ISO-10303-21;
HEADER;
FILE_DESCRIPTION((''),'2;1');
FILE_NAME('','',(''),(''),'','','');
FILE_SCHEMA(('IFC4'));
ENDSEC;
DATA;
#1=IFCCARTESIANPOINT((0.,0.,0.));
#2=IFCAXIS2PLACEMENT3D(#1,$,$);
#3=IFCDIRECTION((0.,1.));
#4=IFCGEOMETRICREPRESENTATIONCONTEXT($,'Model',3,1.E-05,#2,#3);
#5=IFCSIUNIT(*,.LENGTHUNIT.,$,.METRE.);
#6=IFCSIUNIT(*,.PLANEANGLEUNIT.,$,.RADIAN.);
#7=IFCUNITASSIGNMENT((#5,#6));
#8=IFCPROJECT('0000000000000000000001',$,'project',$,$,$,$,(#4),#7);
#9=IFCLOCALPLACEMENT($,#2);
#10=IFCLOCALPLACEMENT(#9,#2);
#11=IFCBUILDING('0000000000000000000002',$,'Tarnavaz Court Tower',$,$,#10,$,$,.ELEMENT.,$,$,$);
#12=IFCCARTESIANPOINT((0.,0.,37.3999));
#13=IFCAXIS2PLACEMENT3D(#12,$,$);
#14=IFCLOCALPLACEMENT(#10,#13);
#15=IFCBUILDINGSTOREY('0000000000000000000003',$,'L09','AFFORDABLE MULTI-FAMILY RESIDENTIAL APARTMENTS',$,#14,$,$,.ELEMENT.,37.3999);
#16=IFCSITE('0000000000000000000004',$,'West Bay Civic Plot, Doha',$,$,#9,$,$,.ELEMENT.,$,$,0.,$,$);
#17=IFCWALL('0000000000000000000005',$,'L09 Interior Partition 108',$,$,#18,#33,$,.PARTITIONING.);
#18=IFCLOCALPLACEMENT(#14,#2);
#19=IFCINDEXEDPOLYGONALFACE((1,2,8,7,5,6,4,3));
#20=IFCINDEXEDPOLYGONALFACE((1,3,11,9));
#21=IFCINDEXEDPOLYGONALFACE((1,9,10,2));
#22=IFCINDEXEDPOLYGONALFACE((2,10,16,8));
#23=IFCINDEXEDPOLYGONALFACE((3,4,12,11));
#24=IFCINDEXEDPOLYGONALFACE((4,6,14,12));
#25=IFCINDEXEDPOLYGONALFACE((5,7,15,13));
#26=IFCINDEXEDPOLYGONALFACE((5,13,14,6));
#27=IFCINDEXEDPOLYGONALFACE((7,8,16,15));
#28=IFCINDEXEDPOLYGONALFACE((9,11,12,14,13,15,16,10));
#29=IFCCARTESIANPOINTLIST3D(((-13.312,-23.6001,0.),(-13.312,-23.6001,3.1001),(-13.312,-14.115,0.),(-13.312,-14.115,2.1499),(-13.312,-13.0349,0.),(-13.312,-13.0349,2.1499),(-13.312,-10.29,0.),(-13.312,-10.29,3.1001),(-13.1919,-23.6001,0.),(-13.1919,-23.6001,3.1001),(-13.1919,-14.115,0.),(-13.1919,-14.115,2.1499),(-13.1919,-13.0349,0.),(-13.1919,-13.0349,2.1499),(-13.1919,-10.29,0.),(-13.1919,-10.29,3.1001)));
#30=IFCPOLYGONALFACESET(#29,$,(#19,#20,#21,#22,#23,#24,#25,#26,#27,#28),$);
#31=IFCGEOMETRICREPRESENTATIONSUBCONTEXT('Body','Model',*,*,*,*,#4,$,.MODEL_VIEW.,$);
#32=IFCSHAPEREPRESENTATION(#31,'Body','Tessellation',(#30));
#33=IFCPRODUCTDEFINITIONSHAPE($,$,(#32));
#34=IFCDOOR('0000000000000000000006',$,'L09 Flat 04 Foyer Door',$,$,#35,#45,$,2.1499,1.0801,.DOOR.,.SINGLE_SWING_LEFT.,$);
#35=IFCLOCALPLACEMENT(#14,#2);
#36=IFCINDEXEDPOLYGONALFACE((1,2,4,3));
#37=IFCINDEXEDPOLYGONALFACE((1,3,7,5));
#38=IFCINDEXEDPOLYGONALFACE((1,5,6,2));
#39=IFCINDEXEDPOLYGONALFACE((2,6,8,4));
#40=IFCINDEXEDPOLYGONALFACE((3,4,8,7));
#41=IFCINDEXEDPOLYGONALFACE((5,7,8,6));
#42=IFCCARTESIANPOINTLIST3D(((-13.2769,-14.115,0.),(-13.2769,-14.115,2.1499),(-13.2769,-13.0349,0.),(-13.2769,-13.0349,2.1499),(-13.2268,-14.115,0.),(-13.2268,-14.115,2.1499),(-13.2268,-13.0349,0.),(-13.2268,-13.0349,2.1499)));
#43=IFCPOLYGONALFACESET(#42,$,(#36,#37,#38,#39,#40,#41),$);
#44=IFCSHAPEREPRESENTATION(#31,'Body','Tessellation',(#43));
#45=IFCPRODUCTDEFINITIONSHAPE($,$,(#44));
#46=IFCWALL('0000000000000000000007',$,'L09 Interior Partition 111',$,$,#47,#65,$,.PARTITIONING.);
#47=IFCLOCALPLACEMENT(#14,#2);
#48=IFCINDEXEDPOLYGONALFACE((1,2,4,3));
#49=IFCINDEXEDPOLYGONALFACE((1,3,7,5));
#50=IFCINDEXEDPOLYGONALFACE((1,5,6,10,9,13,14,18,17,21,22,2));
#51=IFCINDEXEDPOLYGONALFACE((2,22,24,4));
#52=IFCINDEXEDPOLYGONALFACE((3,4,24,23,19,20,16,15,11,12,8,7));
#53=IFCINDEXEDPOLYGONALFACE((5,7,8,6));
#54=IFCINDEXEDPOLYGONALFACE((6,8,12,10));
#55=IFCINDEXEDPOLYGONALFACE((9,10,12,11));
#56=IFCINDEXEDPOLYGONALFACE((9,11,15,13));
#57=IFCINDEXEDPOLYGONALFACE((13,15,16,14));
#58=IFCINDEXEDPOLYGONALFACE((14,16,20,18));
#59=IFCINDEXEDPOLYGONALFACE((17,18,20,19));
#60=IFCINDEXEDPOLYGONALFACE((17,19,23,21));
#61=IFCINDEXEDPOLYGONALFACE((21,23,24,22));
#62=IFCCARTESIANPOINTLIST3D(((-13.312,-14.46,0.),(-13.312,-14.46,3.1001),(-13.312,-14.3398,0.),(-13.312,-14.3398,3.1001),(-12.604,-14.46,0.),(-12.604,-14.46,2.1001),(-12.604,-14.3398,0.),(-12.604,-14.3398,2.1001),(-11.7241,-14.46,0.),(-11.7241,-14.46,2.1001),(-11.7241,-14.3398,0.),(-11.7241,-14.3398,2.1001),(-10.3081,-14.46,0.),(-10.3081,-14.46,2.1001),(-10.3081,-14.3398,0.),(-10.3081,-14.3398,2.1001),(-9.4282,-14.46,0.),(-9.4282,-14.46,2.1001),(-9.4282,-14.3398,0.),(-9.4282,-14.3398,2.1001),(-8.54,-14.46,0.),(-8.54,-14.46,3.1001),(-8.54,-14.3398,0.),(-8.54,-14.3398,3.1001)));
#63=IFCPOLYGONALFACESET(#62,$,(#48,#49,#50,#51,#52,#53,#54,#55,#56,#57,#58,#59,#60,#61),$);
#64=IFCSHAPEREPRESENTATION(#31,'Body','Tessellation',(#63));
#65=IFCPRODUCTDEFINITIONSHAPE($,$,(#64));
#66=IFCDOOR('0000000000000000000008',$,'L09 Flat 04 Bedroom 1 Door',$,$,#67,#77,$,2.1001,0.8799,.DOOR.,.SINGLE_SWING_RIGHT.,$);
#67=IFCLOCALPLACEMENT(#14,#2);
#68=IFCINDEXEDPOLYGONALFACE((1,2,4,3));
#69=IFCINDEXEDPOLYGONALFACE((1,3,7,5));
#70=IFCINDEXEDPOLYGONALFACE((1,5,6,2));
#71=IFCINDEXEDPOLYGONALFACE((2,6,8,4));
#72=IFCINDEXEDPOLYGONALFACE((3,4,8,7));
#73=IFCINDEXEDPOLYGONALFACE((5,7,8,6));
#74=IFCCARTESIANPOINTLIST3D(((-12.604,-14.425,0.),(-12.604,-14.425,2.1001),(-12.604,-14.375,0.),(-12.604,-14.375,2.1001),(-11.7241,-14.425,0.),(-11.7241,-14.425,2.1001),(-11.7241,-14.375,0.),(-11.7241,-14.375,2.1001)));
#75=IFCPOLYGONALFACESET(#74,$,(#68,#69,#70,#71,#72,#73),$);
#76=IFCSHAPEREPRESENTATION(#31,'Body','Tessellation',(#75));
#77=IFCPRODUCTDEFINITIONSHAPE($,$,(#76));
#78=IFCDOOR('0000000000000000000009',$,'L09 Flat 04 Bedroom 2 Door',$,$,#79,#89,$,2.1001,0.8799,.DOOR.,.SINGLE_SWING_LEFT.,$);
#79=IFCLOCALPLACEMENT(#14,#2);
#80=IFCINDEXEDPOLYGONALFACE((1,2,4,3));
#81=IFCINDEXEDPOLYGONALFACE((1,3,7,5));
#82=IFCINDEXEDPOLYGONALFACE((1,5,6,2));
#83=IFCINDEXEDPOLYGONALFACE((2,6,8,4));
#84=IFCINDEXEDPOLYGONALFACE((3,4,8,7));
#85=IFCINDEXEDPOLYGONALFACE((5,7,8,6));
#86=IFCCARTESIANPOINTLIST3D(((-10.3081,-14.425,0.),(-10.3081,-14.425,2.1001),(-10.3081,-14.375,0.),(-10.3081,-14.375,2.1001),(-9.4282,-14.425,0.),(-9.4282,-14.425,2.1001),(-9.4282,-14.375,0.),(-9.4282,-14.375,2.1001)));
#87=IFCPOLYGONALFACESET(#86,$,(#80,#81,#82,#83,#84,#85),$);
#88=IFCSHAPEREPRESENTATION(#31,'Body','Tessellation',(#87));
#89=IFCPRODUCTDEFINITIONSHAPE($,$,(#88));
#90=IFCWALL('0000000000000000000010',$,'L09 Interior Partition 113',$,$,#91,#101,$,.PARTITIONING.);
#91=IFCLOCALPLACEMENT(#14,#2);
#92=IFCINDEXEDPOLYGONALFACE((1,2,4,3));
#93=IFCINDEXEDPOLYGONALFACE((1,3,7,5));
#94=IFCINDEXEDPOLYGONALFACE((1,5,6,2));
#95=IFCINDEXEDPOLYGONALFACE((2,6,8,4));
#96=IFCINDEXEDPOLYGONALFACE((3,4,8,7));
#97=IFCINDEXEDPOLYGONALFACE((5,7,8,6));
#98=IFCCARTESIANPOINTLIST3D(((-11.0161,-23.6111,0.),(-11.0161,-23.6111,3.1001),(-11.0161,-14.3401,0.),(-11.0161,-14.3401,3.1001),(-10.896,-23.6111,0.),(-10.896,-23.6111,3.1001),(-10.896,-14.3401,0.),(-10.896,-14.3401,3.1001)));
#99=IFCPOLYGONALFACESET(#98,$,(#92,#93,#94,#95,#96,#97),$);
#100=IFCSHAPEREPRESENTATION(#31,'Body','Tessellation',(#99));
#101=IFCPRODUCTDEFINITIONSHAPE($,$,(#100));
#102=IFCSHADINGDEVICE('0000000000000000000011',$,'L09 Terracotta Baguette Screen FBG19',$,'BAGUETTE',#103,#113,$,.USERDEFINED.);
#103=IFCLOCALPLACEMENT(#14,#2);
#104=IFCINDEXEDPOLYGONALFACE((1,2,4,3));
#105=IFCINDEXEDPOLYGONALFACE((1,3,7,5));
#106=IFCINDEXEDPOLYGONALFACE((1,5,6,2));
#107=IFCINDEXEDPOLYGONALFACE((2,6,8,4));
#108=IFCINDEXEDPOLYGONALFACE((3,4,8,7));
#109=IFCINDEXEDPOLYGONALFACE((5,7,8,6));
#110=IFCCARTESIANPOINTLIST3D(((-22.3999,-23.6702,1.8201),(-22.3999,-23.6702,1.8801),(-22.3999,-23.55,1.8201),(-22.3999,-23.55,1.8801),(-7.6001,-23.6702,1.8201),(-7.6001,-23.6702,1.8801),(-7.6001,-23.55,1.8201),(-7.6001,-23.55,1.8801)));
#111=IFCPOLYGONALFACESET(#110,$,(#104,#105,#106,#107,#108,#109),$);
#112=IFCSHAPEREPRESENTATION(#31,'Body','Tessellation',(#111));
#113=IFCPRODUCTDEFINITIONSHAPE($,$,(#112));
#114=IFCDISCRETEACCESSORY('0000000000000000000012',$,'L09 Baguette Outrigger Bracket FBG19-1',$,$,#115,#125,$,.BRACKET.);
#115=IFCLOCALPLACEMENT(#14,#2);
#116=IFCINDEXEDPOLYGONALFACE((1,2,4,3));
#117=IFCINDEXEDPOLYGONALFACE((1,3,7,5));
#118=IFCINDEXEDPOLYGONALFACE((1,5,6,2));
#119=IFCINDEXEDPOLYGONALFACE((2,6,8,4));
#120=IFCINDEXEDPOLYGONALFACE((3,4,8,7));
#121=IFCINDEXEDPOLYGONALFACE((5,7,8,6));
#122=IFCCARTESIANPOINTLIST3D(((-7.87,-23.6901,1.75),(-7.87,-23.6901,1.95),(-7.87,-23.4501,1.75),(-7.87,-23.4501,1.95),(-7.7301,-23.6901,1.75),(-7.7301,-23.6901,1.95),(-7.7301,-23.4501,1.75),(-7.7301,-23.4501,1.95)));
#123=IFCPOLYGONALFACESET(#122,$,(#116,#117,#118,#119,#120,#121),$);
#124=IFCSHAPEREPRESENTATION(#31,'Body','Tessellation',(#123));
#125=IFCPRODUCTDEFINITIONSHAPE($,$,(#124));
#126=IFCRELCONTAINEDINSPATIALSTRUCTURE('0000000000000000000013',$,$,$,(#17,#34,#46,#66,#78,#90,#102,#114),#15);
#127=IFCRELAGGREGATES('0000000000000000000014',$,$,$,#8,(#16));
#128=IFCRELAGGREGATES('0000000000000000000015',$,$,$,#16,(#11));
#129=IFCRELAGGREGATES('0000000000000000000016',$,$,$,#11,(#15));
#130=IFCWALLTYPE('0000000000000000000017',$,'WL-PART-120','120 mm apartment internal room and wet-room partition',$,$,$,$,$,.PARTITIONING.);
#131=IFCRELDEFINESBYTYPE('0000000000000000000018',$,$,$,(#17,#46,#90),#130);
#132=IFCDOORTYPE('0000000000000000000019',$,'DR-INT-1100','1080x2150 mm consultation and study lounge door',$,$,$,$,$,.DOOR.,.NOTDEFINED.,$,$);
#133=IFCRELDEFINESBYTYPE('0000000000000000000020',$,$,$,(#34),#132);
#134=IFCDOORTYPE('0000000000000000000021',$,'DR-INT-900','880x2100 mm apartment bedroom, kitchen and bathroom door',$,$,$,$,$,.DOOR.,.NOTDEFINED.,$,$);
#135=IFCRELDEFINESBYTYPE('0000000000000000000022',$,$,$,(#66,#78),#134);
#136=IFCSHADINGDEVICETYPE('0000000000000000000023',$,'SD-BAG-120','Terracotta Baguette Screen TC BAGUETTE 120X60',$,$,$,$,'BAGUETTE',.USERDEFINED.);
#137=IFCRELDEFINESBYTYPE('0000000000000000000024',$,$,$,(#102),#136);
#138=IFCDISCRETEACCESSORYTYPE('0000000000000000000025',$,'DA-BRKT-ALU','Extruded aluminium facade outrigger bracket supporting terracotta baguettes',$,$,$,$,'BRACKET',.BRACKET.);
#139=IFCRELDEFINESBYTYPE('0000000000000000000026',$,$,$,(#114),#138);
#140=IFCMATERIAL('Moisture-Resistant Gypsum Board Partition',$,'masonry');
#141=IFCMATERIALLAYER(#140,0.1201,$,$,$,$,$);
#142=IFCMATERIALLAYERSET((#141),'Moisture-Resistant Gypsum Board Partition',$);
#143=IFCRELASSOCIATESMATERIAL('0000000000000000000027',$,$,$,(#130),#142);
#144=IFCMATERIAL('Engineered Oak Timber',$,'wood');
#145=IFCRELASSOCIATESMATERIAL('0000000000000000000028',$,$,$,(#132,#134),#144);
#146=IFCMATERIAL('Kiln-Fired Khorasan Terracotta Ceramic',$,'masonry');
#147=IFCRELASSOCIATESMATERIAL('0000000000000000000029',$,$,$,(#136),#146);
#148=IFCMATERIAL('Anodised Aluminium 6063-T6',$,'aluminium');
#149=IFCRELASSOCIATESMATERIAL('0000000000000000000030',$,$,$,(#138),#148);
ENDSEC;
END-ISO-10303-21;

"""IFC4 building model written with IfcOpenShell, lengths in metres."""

from ifc_helpers import new_model, si_unit, direction, frame, frame_2d, origin, origin_2d, place, context, subcontext, project, spatial, rectangle, extrude, material, layer, layer_set, material_profile, profile_set, type_object, element, fill, save


model = new_model("IFC4")

# Units and contexts
model_context = context("Model", 3, precision=1e-05, world=origin(), true_north=direction((0.0, 1.0)))
body_context = subcontext(model_context, "Body", "Model", "MODEL_VIEW")
ifc_project = project(units=[si_unit("LENGTHUNIT", "METRE"), si_unit("PLANEANGLEUNIT", "RADIAN")], contexts=[model_context])

# Site, building, storey
site_placement = place(None, origin())
site = spatial("IfcSite", under=ifc_project, at=site_placement, Name="West Bay Civic Plot, Doha", CompositionType="ELEMENT", RefElevation=0.0)
building_placement = place(site_placement, origin())
building = spatial("IfcBuilding", under=site, at=building_placement, Name="Tarnavaz Court Tower", CompositionType="ELEMENT")
storey_placement = place(building_placement, frame((0.0, 0.0, 37.3999)))
storey = spatial("IfcBuildingStorey", under=building, at=storey_placement, Name="L09", Description="AFFORDABLE MULTI-FAMILY RESIDENTIAL APARTMENTS", CompositionType="ELEMENT", Elevation=37.3999)

# Wall, opening, door
ifc_material_1 = material(Name="Moisture-Resistant Gypsum Board Partition", Category="masonry")
ifc_layer_1 = layer(ifc_material_1, 0.1201)
ifc_layer_set_1 = layer_set([ifc_layer_1], Name="Moisture-Resistant Gypsum Board Partition")
wall_type_1 = type_object("IfcWallType", Name="WL-PART-120", Description="120 mm apartment internal room and wet-room partition", PredefinedType="PARTITIONING", material=ifc_layer_set_1)
wall_1_placement = place(storey_placement, frame((-13.252, -23.6001, 0.0), z_axis=(0.0, 0.0, 1.0), x_axis=(0.0, 1.0, 0.0)))
wall_1 = element("IfcWall", 1, at=wall_1_placement, inside=storey, type_object=wall_type_1, Name="L09 Interior Partition 108", PredefinedType="PARTITIONING", context=body_context, shape_type="SweptSolid", body=[
    extrude(rectangle(XDim=13.3101, YDim=0.1201, at=frame_2d((6.655, 0.0))), origin(), (0.0, 0.0, 1.0), 3.1001),
])
opening_1_placement = place(wall_1_placement, frame((9.4851, 0.0, 0.0)))
opening_1 = element("IfcOpeningElement", 2, at=opening_1_placement, cuts=wall_1, PredefinedType="OPENING", context=body_context, shape_type="SweptSolid", body=[
    extrude(rectangle(XDim=1.0801, YDim=2.1499, at=frame_2d((0.54, 1.075))), frame((0.0, 0.0701, 0.0), z_axis=(0.0, -1.0, 0.0), x_axis=(1.0, 0.0, 0.0)), (0.0, 0.0, 1.0), 0.1401),
])
ifc_material_2 = material(Name="Engineered Oak Timber", Category="wood")
door_type_1 = type_object("IfcDoorType", Name="DR-INT-1100", Description="1080x2150 mm consultation and study lounge door", OperationType="NOTDEFINED", PredefinedType="DOOR", material=ifc_material_2)
door_1_placement = place(opening_1_placement, origin())
door_1 = element("IfcDoor", 3, at=door_1_placement, inside=storey, type_object=door_type_1, Name="L09 Flat 04 Foyer Door", OperationType="SINGLE_SWING_LEFT", OverallHeight=2.1499, OverallWidth=1.0801, PredefinedType="DOOR", context=body_context, shape_type="SweptSolid", body=[
    extrude(rectangle(XDim=1.0801, YDim=2.1499, at=frame_2d((0.54, 1.075))), frame((0.0, 0.0249, 0.0), z_axis=(0.0, -1.0, 0.0), x_axis=(1.0, 0.0, 0.0)), (0.0, 0.0, 1.0), 0.05),
])
fill(opening_1, door_1)

# Wall, openings, doors
wall_2_placement = place(storey_placement, frame((-13.312, -14.3999, 0.0), z_axis=(0.0, 0.0, 1.0), x_axis=(1.0, 0.0, 0.0)))
wall_2 = element("IfcWall", 4, at=wall_2_placement, inside=storey, type_object=wall_type_1, Name="L09 Interior Partition 111", PredefinedType="PARTITIONING", context=body_context, shape_type="SweptSolid", body=[
    extrude(rectangle(XDim=4.772, YDim=0.1201, at=frame_2d((2.386, 0.0))), origin(), (0.0, 0.0, 1.0), 3.1001),
])
opening_2_placement = place(wall_2_placement, frame((0.708, 0.0, 0.0)))
opening_2 = element("IfcOpeningElement", 5, at=opening_2_placement, cuts=wall_2, PredefinedType="OPENING", context=body_context, shape_type="SweptSolid", body=[
    extrude(rectangle(XDim=0.8799, YDim=2.1001, at=frame_2d((0.4399, 1.05))), frame((0.0, 0.0701, 0.0), z_axis=(0.0, -1.0, 0.0), x_axis=(1.0, 0.0, 0.0)), (0.0, 0.0, 1.0), 0.1401),
])
opening_3_placement = place(wall_2_placement, frame((3.0039, 0.0, 0.0)))
opening_3 = element("IfcOpeningElement", 6, at=opening_3_placement, cuts=wall_2, PredefinedType="OPENING", context=body_context, shape_type="SweptSolid", body=[
    extrude(rectangle(XDim=0.8799, YDim=2.1001, at=frame_2d((0.4399, 1.05))), frame((0.0, 0.0701, 0.0), z_axis=(0.0, -1.0, 0.0), x_axis=(1.0, 0.0, 0.0)), (0.0, 0.0, 1.0), 0.1401),
])
door_type_2 = type_object("IfcDoorType", Name="DR-INT-900", Description="880x2100 mm apartment bedroom, kitchen and bathroom door", OperationType="NOTDEFINED", PredefinedType="DOOR", material=ifc_material_2)
door_2_placement = place(opening_2_placement, origin())
door_2 = element("IfcDoor", 7, at=door_2_placement, inside=storey, type_object=door_type_2, Name="L09 Flat 04 Bedroom 1 Door", OperationType="SINGLE_SWING_RIGHT", OverallHeight=2.1001, OverallWidth=0.8799, PredefinedType="DOOR", context=body_context, shape_type="SweptSolid", body=[
    extrude(rectangle(XDim=0.8799, YDim=2.1001, at=frame_2d((0.4399, 1.05))), frame((0.0, 0.0249, 0.0), z_axis=(0.0, -1.0, 0.0), x_axis=(1.0, 0.0, 0.0)), (0.0, 0.0, 1.0), 0.05),
])
fill(opening_2, door_2)
door_3_placement = place(opening_3_placement, origin())
door_3 = element("IfcDoor", 8, at=door_3_placement, inside=storey, type_object=door_type_2, Name="L09 Flat 04 Bedroom 2 Door", OperationType="SINGLE_SWING_LEFT", OverallHeight=2.1001, OverallWidth=0.8799, PredefinedType="DOOR", context=body_context, shape_type="SweptSolid", body=[
    extrude(rectangle(XDim=0.8799, YDim=2.1001, at=frame_2d((0.4399, 1.05))), frame((0.0, 0.0249, 0.0), z_axis=(0.0, -1.0, 0.0), x_axis=(1.0, 0.0, 0.0)), (0.0, 0.0, 1.0), 0.05),
])
fill(opening_3, door_3)

# Wall
wall_3_placement = place(storey_placement, frame((-10.9561, -23.6111, 0.0), z_axis=(0.0, 0.0, 1.0), x_axis=(0.0, 1.0, 0.0)))
element("IfcWall", 9, at=wall_3_placement, inside=storey, type_object=wall_type_1, Name="L09 Interior Partition 113", PredefinedType="PARTITIONING", context=body_context, shape_type="SweptSolid", body=[
    extrude(rectangle(XDim=9.271, YDim=0.1201, at=frame_2d((4.6355, 0.0))), origin(), (0.0, 0.0, 1.0), 3.1001),
])

# Shading device
ifc_material_3 = material(Name="Kiln-Fired Khorasan Terracotta Ceramic", Category="masonry")
ifc_material_profile_1 = material_profile(ifc_material_3, rectangle(XDim=0.1201, YDim=0.0601, at=origin_2d()), Name="TC BAGUETTE 120X60")
ifc_profile_set_1 = profile_set([ifc_material_profile_1], Name="Kiln-Fired Khorasan Terracotta Ceramic")
shading_device_type = type_object("IfcShadingDeviceType", Name="SD-BAG-120", Description="Terracotta Baguette Screen TC BAGUETTE 120X60", ElementType="BAGUETTE", PredefinedType="USERDEFINED", material=ifc_profile_set_1)
shading_device_placement = place(storey_placement, frame((-7.6001, -23.6101, 1.8501), z_axis=(-1.0, 0.0, 0.0), x_axis=(0.0, -1.0, 0.0)))
element("IfcShadingDevice", 10, at=shading_device_placement, inside=storey, type_object=shading_device_type, Name="L09 Terracotta Baguette Screen FBG19", ObjectType="BAGUETTE", PredefinedType="USERDEFINED", context=body_context, shape_type="SweptSolid", body=[
    extrude(rectangle(XDim=0.1201, YDim=0.0601, at=origin_2d()), origin(), (0.0, 0.0, 1.0), 14.7998),
])

# Discrete accessory
ifc_material_4 = material(Name="Anodised Aluminium 6063-T6", Category="aluminium")
discrete_accessory_type = type_object("IfcDiscreteAccessoryType", Name="DA-BRKT-ALU", Description="Extruded aluminium facade outrigger bracket supporting terracotta baguettes", ElementType="BRACKET", PredefinedType="BRACKET", material=ifc_material_4)
discrete_accessory_placement = place(storey_placement, frame((-7.8, -23.5701, 1.75), z_axis=(0.0, 0.0, 1.0), x_axis=(-1.0, 0.0, 0.0)))
element("IfcDiscreteAccessory", 11, at=discrete_accessory_placement, inside=storey, type_object=discrete_accessory_type, Name="L09 Baguette Outrigger Bracket FBG19-1", PredefinedType="BRACKET", context=body_context, shape_type="SweptSolid", body=[
    extrude(rectangle(XDim=0.1399, YDim=0.24, at=origin_2d()), origin(), (0.0, 0.0, 1.0), 0.2),
])

save(model, "model.ifc")
